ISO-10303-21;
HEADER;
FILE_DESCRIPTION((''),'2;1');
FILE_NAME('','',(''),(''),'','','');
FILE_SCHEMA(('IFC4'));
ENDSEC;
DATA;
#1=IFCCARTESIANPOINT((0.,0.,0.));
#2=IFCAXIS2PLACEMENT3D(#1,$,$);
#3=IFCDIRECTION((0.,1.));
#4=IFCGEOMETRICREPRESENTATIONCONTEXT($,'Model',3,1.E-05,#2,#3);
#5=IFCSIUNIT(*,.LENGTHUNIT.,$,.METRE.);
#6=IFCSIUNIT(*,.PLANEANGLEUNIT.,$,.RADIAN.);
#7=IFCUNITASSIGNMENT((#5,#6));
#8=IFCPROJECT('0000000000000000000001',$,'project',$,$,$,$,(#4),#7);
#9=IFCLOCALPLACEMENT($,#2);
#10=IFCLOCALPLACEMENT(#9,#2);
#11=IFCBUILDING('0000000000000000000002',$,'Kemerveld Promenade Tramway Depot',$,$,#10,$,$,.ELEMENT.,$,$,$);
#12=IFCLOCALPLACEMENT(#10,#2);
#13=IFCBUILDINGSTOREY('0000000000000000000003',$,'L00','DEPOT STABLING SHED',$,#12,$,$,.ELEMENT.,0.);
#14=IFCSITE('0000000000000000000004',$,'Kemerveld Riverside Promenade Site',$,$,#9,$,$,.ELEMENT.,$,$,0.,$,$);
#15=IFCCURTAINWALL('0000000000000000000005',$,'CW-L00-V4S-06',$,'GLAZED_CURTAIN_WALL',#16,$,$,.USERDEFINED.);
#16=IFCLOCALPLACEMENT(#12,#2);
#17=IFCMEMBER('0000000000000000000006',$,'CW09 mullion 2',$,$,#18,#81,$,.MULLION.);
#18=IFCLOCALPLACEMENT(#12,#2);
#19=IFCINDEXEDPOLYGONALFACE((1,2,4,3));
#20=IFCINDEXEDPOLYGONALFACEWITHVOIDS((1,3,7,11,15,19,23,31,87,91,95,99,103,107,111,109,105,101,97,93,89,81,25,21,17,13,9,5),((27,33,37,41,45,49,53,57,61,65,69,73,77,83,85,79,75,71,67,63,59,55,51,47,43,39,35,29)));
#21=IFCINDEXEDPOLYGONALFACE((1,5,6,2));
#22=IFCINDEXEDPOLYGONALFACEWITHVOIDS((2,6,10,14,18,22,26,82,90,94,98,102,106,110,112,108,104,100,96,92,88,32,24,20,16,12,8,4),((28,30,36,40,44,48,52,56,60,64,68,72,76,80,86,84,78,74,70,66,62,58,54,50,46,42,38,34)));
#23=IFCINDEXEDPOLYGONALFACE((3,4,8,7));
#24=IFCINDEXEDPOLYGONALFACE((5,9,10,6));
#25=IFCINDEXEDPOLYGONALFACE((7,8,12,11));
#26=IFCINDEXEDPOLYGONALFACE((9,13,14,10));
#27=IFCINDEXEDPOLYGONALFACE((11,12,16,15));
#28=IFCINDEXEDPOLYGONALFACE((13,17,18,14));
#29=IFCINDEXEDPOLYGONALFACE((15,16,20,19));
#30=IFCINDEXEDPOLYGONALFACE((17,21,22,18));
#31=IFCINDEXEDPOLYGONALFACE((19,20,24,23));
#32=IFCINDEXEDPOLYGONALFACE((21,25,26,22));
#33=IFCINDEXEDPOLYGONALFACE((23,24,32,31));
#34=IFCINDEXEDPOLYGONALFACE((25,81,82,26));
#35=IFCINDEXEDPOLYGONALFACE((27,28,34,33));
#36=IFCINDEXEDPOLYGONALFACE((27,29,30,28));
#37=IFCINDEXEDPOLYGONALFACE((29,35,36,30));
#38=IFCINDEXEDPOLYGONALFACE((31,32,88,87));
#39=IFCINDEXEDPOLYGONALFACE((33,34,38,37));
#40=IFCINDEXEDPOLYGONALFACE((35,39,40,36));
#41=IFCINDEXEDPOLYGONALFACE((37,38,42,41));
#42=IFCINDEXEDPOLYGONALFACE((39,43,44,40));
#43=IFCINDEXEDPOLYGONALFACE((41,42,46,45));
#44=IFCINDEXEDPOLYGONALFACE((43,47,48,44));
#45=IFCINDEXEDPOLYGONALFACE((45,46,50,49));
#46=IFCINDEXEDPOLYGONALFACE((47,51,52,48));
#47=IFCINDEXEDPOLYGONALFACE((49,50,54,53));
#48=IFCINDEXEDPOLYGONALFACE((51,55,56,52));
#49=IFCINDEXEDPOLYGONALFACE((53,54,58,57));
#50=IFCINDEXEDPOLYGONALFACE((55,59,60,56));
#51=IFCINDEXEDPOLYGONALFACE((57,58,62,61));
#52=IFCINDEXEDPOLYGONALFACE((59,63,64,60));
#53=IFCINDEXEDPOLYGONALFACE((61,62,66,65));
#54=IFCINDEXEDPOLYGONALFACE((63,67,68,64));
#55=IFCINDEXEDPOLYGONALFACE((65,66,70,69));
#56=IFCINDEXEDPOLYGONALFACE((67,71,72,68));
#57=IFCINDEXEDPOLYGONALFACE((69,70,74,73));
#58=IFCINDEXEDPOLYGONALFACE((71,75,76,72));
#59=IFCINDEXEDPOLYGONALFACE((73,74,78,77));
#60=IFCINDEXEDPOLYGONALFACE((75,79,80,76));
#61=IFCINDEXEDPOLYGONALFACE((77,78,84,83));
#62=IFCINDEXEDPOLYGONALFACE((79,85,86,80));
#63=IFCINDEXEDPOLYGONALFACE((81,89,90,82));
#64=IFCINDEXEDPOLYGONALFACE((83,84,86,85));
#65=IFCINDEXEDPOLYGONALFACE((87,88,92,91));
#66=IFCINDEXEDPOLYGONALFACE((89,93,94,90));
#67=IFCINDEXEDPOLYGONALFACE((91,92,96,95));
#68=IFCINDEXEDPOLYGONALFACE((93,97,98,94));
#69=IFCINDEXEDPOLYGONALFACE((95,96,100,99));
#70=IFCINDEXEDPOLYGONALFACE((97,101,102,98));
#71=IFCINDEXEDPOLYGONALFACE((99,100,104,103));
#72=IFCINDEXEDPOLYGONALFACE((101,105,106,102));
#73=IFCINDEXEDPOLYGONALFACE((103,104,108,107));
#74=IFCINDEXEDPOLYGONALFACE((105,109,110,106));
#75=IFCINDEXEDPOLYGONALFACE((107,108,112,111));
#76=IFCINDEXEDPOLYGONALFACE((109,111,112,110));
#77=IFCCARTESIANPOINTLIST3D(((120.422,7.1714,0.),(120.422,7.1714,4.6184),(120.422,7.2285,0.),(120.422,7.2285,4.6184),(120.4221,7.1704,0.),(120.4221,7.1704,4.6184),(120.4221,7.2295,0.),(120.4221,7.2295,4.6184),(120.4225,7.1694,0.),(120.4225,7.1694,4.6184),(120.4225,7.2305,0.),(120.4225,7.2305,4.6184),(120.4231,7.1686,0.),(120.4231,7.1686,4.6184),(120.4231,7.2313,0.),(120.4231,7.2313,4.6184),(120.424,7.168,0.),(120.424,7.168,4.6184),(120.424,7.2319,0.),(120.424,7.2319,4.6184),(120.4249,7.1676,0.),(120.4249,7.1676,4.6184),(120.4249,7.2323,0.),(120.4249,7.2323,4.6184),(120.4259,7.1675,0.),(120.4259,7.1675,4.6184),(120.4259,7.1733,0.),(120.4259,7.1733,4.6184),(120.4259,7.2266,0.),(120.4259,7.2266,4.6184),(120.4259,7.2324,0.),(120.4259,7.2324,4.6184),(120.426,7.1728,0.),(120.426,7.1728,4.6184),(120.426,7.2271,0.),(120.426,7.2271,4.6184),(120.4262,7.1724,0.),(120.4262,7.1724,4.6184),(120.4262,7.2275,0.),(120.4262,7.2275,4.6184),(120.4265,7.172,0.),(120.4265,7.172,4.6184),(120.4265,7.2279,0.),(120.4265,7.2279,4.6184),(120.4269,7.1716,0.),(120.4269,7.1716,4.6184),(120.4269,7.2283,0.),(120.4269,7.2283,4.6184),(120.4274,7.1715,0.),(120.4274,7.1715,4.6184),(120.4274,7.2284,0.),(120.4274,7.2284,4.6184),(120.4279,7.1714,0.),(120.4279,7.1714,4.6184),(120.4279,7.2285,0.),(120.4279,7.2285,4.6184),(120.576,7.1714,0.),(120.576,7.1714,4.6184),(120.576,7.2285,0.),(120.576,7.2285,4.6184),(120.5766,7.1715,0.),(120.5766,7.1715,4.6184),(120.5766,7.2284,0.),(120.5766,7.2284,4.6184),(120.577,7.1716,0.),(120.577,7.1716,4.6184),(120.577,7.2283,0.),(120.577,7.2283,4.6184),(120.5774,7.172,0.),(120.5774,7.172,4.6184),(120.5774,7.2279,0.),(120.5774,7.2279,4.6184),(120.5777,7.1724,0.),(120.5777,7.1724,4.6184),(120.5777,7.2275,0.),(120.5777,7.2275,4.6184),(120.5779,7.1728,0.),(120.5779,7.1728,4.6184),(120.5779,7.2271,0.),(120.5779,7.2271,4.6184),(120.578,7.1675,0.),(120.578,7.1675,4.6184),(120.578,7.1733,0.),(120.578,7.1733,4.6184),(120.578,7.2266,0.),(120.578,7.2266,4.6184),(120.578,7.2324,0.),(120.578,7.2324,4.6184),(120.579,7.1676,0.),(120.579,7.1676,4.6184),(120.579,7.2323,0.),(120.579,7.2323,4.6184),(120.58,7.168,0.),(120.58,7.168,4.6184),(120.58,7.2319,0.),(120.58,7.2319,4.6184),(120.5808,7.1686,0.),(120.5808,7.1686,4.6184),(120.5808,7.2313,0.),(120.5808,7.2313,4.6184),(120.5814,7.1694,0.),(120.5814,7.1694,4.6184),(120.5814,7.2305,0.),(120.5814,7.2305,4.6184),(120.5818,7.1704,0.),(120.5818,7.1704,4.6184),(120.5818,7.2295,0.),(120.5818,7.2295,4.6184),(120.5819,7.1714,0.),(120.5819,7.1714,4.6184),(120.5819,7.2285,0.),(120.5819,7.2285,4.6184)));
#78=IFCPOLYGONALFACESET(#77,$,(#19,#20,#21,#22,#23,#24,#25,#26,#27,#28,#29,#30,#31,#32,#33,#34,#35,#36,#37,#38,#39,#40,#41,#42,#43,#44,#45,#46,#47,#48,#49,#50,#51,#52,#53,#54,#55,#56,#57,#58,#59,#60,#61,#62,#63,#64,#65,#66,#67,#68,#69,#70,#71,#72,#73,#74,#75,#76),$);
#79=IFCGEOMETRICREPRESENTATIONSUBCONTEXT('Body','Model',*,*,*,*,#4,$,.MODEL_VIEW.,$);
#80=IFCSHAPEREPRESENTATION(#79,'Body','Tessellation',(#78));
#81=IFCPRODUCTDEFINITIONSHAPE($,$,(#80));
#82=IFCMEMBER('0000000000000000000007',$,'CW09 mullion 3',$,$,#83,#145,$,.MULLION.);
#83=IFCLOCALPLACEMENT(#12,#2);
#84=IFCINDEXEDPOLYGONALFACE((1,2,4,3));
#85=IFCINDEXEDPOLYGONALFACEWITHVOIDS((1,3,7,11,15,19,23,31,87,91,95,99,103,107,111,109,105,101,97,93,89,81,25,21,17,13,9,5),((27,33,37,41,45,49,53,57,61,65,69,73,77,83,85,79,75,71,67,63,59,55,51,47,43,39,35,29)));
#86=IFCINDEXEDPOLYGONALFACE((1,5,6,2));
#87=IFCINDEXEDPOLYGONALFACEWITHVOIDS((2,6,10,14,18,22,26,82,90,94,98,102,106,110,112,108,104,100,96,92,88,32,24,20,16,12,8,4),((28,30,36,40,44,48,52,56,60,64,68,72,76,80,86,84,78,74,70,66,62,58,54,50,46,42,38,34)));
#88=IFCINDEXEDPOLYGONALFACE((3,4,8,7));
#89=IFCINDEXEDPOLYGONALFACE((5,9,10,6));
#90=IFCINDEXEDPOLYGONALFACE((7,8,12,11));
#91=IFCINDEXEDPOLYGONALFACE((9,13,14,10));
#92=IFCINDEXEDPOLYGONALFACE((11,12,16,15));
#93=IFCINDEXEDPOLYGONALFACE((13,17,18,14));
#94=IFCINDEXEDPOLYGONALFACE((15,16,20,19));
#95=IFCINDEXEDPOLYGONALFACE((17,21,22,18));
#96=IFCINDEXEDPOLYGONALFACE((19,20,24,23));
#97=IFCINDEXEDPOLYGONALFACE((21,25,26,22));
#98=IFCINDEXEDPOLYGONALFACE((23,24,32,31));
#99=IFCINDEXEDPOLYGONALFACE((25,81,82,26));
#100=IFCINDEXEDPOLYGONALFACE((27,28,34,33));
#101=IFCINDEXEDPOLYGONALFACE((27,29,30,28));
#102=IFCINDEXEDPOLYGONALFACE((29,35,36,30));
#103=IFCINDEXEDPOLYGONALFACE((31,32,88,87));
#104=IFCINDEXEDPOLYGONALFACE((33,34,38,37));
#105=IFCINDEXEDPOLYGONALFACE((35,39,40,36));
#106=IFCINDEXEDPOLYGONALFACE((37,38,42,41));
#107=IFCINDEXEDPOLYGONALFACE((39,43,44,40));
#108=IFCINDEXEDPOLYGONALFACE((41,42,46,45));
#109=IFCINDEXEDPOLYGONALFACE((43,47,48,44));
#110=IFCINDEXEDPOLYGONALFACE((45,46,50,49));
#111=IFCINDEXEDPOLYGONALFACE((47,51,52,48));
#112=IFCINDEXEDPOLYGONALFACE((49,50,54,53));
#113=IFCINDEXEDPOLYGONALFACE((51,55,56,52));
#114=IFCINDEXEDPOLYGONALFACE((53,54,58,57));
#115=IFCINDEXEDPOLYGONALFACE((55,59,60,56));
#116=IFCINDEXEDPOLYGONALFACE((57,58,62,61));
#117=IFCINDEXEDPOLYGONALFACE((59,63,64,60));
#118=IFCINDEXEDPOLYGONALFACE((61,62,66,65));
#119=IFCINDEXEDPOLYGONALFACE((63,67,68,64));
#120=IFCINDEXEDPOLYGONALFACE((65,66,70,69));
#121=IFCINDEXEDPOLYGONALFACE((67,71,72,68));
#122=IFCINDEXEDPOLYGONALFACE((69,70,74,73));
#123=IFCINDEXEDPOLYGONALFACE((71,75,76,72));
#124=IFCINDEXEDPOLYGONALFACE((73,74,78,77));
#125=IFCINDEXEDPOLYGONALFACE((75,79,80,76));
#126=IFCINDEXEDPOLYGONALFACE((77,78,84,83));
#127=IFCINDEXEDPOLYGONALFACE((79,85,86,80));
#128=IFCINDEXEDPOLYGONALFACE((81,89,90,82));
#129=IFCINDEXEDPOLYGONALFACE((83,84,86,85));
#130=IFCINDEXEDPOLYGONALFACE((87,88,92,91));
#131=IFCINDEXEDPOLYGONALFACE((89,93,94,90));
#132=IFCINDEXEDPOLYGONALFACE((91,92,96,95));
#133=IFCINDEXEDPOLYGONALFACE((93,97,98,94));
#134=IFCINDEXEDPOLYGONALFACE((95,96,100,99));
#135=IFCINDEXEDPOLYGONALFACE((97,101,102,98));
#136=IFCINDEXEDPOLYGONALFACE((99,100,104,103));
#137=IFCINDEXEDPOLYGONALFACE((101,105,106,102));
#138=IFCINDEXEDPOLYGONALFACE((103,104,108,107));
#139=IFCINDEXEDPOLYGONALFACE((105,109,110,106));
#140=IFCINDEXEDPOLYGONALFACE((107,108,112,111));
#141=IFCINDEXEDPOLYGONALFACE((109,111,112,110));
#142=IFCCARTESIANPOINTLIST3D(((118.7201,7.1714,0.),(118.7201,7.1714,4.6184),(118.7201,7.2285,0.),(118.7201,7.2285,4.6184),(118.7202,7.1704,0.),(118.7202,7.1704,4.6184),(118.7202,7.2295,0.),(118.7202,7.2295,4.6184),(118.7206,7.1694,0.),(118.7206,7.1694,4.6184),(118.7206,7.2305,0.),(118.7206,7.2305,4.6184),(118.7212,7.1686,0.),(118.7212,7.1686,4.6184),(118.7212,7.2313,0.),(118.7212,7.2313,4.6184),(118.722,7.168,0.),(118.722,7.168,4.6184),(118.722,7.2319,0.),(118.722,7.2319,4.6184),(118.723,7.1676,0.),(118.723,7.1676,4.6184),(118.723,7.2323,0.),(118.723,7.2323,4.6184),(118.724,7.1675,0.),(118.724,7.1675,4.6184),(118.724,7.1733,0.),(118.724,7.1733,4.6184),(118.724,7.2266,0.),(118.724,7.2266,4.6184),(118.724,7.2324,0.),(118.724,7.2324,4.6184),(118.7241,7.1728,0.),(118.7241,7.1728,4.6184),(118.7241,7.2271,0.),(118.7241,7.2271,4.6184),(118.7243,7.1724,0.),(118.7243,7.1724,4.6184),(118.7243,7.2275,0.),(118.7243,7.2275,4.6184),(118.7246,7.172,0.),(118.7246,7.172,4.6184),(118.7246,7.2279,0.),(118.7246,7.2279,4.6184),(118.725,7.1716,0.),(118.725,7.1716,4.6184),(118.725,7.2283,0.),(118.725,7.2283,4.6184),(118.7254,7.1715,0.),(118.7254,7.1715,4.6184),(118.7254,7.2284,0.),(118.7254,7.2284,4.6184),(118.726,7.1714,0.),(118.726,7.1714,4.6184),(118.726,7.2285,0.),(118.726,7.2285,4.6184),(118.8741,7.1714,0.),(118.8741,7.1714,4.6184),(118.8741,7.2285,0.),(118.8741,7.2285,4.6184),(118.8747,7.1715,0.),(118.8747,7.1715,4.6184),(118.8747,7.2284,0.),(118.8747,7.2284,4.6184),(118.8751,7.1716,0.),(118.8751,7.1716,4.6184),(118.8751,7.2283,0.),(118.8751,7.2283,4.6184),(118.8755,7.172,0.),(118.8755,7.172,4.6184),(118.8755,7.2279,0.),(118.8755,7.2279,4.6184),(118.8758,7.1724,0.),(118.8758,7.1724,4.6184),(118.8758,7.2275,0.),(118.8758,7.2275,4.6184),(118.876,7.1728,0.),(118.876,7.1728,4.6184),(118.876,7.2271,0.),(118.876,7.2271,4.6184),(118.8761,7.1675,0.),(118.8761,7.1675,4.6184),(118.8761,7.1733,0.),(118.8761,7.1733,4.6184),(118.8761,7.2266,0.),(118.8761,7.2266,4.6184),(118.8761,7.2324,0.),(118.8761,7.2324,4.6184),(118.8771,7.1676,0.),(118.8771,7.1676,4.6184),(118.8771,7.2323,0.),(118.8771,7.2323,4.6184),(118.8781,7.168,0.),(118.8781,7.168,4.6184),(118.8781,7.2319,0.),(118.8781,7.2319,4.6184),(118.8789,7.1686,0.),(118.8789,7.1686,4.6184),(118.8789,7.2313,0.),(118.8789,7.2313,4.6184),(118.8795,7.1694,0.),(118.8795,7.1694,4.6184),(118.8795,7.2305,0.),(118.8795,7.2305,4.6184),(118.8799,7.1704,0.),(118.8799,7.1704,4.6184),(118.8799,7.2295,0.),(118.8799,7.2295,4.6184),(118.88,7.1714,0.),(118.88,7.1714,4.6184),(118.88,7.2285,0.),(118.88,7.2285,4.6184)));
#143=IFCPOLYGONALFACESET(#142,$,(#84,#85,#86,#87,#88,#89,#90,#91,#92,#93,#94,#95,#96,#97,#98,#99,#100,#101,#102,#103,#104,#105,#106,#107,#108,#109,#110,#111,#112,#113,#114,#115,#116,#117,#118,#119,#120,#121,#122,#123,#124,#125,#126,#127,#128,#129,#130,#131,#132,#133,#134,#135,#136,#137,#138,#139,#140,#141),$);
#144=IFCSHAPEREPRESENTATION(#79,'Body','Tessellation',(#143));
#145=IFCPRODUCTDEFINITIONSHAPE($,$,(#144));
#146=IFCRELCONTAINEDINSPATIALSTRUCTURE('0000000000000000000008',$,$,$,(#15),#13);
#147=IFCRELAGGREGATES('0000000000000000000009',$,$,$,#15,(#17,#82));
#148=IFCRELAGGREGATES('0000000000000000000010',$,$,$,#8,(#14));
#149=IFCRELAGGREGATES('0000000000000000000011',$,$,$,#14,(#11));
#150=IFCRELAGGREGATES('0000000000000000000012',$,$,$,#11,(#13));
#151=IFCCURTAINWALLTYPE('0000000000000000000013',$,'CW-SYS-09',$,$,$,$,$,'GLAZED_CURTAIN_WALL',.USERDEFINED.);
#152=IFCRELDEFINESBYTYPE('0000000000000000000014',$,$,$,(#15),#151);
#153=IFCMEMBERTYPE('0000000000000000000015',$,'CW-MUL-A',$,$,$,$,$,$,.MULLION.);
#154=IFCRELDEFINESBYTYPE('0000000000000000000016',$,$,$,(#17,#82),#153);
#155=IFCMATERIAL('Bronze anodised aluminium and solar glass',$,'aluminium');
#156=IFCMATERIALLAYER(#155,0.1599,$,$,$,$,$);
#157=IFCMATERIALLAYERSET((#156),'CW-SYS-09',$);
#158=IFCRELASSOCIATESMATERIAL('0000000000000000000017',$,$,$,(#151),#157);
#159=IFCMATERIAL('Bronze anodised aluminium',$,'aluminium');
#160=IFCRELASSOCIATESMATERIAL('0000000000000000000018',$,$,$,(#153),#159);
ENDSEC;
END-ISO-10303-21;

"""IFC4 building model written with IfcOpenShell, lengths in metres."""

from ifc_helpers import new_model, si_unit, direction, frame, origin, origin_2d, place, context, subcontext, project, spatial, hollow_rectangle, extrude, material, layer, layer_set, material_profile, profile_set, type_object, element, aggregate, save


model = new_model("IFC4")

# Units and contexts
model_context = context("Model", 3, precision=1e-05, world=origin(), true_north=direction((0.0, 1.0)))
body_context = subcontext(model_context, "Body", "Model", "MODEL_VIEW")
ifc_project = project(units=[si_unit("LENGTHUNIT", "METRE"), si_unit("PLANEANGLEUNIT", "RADIAN")], contexts=[model_context])

# Site, building, storey
site_placement = place(None, origin())
site = spatial("IfcSite", under=ifc_project, at=site_placement, Name="Kemerveld Riverside Promenade Site", CompositionType="ELEMENT", RefElevation=0.0)
building_placement = place(site_placement, origin())
building = spatial("IfcBuilding", under=site, at=building_placement, Name="Kemerveld Promenade Tramway Depot", CompositionType="ELEMENT")
storey_placement = place(building_placement, origin())
storey = spatial("IfcBuildingStorey", under=building, at=storey_placement, Name="L00", Description="DEPOT STABLING SHED", CompositionType="ELEMENT", Elevation=0.0)

# Curtain wall, members
ifc_material_1 = material(Name="Bronze anodised aluminium and solar glass", Category="aluminium")
ifc_layer_1 = layer(ifc_material_1, 0.1599)
ifc_layer_set_1 = layer_set([ifc_layer_1], Name="CW-SYS-09")
curtain_wall_type = type_object("IfcCurtainWallType", Name="CW-SYS-09", ElementType="GLAZED_CURTAIN_WALL", PredefinedType="USERDEFINED", material=ifc_layer_set_1)
curtain_wall_placement = place(storey_placement, origin())
curtain_wall = element("IfcCurtainWall", 1, at=curtain_wall_placement, inside=storey, type_object=curtain_wall_type, Name="CW-L00-V4S-06", ObjectType="GLAZED_CURTAIN_WALL", PredefinedType="USERDEFINED")
ifc_material_2 = material(Name="Bronze anodised aluminium", Category="aluminium")
ifc_material_profile_1 = material_profile(ifc_material_2, hollow_rectangle(XDim=0.0649, YDim=0.1599, WallThickness=0.0039, InnerFilletRadius=0.002, OuterFilletRadius=0.0039, at=origin_2d()), Name="CW-MUL-160x65")
ifc_profile_set_1 = profile_set([ifc_material_profile_1], Name="Bronze anodised aluminium")
member_type_1 = type_object("IfcMemberType", Name="CW-MUL-A", PredefinedType="MULLION", material=ifc_profile_set_1)
member_1_placement = place(storey_placement, frame((120.502, 7.2, 0.0), z_axis=(0.0, 0.0, 1.0), x_axis=(0.0, -1.0, 0.0)))
member_1 = element("IfcMember", 2, at=member_1_placement, type_object=member_type_1, Name="CW09 mullion 2", PredefinedType="MULLION", context=body_context, shape_type="SweptSolid", body=[
    extrude(hollow_rectangle(XDim=0.0649, YDim=0.1599, WallThickness=0.0039, InnerFilletRadius=0.002, OuterFilletRadius=0.0039, at=origin_2d()), origin(), (0.0, 0.0, 1.0), 4.6184),
])
member_2_placement = place(storey_placement, frame((118.8, 7.2, 0.0), z_axis=(0.0, 0.0, 1.0), x_axis=(0.0, -1.0, 0.0)))
member_2 = element("IfcMember", 3, at=member_2_placement, type_object=member_type_1, Name="CW09 mullion 3", PredefinedType="MULLION", context=body_context, shape_type="SweptSolid", body=[
    extrude(hollow_rectangle(XDim=0.0649, YDim=0.1599, WallThickness=0.0039, InnerFilletRadius=0.002, OuterFilletRadius=0.0039, at=origin_2d()), origin(), (0.0, 0.0, 1.0), 4.6184),
])
aggregate(curtain_wall, [member_1, member_2])

save(model, "model.ifc")
